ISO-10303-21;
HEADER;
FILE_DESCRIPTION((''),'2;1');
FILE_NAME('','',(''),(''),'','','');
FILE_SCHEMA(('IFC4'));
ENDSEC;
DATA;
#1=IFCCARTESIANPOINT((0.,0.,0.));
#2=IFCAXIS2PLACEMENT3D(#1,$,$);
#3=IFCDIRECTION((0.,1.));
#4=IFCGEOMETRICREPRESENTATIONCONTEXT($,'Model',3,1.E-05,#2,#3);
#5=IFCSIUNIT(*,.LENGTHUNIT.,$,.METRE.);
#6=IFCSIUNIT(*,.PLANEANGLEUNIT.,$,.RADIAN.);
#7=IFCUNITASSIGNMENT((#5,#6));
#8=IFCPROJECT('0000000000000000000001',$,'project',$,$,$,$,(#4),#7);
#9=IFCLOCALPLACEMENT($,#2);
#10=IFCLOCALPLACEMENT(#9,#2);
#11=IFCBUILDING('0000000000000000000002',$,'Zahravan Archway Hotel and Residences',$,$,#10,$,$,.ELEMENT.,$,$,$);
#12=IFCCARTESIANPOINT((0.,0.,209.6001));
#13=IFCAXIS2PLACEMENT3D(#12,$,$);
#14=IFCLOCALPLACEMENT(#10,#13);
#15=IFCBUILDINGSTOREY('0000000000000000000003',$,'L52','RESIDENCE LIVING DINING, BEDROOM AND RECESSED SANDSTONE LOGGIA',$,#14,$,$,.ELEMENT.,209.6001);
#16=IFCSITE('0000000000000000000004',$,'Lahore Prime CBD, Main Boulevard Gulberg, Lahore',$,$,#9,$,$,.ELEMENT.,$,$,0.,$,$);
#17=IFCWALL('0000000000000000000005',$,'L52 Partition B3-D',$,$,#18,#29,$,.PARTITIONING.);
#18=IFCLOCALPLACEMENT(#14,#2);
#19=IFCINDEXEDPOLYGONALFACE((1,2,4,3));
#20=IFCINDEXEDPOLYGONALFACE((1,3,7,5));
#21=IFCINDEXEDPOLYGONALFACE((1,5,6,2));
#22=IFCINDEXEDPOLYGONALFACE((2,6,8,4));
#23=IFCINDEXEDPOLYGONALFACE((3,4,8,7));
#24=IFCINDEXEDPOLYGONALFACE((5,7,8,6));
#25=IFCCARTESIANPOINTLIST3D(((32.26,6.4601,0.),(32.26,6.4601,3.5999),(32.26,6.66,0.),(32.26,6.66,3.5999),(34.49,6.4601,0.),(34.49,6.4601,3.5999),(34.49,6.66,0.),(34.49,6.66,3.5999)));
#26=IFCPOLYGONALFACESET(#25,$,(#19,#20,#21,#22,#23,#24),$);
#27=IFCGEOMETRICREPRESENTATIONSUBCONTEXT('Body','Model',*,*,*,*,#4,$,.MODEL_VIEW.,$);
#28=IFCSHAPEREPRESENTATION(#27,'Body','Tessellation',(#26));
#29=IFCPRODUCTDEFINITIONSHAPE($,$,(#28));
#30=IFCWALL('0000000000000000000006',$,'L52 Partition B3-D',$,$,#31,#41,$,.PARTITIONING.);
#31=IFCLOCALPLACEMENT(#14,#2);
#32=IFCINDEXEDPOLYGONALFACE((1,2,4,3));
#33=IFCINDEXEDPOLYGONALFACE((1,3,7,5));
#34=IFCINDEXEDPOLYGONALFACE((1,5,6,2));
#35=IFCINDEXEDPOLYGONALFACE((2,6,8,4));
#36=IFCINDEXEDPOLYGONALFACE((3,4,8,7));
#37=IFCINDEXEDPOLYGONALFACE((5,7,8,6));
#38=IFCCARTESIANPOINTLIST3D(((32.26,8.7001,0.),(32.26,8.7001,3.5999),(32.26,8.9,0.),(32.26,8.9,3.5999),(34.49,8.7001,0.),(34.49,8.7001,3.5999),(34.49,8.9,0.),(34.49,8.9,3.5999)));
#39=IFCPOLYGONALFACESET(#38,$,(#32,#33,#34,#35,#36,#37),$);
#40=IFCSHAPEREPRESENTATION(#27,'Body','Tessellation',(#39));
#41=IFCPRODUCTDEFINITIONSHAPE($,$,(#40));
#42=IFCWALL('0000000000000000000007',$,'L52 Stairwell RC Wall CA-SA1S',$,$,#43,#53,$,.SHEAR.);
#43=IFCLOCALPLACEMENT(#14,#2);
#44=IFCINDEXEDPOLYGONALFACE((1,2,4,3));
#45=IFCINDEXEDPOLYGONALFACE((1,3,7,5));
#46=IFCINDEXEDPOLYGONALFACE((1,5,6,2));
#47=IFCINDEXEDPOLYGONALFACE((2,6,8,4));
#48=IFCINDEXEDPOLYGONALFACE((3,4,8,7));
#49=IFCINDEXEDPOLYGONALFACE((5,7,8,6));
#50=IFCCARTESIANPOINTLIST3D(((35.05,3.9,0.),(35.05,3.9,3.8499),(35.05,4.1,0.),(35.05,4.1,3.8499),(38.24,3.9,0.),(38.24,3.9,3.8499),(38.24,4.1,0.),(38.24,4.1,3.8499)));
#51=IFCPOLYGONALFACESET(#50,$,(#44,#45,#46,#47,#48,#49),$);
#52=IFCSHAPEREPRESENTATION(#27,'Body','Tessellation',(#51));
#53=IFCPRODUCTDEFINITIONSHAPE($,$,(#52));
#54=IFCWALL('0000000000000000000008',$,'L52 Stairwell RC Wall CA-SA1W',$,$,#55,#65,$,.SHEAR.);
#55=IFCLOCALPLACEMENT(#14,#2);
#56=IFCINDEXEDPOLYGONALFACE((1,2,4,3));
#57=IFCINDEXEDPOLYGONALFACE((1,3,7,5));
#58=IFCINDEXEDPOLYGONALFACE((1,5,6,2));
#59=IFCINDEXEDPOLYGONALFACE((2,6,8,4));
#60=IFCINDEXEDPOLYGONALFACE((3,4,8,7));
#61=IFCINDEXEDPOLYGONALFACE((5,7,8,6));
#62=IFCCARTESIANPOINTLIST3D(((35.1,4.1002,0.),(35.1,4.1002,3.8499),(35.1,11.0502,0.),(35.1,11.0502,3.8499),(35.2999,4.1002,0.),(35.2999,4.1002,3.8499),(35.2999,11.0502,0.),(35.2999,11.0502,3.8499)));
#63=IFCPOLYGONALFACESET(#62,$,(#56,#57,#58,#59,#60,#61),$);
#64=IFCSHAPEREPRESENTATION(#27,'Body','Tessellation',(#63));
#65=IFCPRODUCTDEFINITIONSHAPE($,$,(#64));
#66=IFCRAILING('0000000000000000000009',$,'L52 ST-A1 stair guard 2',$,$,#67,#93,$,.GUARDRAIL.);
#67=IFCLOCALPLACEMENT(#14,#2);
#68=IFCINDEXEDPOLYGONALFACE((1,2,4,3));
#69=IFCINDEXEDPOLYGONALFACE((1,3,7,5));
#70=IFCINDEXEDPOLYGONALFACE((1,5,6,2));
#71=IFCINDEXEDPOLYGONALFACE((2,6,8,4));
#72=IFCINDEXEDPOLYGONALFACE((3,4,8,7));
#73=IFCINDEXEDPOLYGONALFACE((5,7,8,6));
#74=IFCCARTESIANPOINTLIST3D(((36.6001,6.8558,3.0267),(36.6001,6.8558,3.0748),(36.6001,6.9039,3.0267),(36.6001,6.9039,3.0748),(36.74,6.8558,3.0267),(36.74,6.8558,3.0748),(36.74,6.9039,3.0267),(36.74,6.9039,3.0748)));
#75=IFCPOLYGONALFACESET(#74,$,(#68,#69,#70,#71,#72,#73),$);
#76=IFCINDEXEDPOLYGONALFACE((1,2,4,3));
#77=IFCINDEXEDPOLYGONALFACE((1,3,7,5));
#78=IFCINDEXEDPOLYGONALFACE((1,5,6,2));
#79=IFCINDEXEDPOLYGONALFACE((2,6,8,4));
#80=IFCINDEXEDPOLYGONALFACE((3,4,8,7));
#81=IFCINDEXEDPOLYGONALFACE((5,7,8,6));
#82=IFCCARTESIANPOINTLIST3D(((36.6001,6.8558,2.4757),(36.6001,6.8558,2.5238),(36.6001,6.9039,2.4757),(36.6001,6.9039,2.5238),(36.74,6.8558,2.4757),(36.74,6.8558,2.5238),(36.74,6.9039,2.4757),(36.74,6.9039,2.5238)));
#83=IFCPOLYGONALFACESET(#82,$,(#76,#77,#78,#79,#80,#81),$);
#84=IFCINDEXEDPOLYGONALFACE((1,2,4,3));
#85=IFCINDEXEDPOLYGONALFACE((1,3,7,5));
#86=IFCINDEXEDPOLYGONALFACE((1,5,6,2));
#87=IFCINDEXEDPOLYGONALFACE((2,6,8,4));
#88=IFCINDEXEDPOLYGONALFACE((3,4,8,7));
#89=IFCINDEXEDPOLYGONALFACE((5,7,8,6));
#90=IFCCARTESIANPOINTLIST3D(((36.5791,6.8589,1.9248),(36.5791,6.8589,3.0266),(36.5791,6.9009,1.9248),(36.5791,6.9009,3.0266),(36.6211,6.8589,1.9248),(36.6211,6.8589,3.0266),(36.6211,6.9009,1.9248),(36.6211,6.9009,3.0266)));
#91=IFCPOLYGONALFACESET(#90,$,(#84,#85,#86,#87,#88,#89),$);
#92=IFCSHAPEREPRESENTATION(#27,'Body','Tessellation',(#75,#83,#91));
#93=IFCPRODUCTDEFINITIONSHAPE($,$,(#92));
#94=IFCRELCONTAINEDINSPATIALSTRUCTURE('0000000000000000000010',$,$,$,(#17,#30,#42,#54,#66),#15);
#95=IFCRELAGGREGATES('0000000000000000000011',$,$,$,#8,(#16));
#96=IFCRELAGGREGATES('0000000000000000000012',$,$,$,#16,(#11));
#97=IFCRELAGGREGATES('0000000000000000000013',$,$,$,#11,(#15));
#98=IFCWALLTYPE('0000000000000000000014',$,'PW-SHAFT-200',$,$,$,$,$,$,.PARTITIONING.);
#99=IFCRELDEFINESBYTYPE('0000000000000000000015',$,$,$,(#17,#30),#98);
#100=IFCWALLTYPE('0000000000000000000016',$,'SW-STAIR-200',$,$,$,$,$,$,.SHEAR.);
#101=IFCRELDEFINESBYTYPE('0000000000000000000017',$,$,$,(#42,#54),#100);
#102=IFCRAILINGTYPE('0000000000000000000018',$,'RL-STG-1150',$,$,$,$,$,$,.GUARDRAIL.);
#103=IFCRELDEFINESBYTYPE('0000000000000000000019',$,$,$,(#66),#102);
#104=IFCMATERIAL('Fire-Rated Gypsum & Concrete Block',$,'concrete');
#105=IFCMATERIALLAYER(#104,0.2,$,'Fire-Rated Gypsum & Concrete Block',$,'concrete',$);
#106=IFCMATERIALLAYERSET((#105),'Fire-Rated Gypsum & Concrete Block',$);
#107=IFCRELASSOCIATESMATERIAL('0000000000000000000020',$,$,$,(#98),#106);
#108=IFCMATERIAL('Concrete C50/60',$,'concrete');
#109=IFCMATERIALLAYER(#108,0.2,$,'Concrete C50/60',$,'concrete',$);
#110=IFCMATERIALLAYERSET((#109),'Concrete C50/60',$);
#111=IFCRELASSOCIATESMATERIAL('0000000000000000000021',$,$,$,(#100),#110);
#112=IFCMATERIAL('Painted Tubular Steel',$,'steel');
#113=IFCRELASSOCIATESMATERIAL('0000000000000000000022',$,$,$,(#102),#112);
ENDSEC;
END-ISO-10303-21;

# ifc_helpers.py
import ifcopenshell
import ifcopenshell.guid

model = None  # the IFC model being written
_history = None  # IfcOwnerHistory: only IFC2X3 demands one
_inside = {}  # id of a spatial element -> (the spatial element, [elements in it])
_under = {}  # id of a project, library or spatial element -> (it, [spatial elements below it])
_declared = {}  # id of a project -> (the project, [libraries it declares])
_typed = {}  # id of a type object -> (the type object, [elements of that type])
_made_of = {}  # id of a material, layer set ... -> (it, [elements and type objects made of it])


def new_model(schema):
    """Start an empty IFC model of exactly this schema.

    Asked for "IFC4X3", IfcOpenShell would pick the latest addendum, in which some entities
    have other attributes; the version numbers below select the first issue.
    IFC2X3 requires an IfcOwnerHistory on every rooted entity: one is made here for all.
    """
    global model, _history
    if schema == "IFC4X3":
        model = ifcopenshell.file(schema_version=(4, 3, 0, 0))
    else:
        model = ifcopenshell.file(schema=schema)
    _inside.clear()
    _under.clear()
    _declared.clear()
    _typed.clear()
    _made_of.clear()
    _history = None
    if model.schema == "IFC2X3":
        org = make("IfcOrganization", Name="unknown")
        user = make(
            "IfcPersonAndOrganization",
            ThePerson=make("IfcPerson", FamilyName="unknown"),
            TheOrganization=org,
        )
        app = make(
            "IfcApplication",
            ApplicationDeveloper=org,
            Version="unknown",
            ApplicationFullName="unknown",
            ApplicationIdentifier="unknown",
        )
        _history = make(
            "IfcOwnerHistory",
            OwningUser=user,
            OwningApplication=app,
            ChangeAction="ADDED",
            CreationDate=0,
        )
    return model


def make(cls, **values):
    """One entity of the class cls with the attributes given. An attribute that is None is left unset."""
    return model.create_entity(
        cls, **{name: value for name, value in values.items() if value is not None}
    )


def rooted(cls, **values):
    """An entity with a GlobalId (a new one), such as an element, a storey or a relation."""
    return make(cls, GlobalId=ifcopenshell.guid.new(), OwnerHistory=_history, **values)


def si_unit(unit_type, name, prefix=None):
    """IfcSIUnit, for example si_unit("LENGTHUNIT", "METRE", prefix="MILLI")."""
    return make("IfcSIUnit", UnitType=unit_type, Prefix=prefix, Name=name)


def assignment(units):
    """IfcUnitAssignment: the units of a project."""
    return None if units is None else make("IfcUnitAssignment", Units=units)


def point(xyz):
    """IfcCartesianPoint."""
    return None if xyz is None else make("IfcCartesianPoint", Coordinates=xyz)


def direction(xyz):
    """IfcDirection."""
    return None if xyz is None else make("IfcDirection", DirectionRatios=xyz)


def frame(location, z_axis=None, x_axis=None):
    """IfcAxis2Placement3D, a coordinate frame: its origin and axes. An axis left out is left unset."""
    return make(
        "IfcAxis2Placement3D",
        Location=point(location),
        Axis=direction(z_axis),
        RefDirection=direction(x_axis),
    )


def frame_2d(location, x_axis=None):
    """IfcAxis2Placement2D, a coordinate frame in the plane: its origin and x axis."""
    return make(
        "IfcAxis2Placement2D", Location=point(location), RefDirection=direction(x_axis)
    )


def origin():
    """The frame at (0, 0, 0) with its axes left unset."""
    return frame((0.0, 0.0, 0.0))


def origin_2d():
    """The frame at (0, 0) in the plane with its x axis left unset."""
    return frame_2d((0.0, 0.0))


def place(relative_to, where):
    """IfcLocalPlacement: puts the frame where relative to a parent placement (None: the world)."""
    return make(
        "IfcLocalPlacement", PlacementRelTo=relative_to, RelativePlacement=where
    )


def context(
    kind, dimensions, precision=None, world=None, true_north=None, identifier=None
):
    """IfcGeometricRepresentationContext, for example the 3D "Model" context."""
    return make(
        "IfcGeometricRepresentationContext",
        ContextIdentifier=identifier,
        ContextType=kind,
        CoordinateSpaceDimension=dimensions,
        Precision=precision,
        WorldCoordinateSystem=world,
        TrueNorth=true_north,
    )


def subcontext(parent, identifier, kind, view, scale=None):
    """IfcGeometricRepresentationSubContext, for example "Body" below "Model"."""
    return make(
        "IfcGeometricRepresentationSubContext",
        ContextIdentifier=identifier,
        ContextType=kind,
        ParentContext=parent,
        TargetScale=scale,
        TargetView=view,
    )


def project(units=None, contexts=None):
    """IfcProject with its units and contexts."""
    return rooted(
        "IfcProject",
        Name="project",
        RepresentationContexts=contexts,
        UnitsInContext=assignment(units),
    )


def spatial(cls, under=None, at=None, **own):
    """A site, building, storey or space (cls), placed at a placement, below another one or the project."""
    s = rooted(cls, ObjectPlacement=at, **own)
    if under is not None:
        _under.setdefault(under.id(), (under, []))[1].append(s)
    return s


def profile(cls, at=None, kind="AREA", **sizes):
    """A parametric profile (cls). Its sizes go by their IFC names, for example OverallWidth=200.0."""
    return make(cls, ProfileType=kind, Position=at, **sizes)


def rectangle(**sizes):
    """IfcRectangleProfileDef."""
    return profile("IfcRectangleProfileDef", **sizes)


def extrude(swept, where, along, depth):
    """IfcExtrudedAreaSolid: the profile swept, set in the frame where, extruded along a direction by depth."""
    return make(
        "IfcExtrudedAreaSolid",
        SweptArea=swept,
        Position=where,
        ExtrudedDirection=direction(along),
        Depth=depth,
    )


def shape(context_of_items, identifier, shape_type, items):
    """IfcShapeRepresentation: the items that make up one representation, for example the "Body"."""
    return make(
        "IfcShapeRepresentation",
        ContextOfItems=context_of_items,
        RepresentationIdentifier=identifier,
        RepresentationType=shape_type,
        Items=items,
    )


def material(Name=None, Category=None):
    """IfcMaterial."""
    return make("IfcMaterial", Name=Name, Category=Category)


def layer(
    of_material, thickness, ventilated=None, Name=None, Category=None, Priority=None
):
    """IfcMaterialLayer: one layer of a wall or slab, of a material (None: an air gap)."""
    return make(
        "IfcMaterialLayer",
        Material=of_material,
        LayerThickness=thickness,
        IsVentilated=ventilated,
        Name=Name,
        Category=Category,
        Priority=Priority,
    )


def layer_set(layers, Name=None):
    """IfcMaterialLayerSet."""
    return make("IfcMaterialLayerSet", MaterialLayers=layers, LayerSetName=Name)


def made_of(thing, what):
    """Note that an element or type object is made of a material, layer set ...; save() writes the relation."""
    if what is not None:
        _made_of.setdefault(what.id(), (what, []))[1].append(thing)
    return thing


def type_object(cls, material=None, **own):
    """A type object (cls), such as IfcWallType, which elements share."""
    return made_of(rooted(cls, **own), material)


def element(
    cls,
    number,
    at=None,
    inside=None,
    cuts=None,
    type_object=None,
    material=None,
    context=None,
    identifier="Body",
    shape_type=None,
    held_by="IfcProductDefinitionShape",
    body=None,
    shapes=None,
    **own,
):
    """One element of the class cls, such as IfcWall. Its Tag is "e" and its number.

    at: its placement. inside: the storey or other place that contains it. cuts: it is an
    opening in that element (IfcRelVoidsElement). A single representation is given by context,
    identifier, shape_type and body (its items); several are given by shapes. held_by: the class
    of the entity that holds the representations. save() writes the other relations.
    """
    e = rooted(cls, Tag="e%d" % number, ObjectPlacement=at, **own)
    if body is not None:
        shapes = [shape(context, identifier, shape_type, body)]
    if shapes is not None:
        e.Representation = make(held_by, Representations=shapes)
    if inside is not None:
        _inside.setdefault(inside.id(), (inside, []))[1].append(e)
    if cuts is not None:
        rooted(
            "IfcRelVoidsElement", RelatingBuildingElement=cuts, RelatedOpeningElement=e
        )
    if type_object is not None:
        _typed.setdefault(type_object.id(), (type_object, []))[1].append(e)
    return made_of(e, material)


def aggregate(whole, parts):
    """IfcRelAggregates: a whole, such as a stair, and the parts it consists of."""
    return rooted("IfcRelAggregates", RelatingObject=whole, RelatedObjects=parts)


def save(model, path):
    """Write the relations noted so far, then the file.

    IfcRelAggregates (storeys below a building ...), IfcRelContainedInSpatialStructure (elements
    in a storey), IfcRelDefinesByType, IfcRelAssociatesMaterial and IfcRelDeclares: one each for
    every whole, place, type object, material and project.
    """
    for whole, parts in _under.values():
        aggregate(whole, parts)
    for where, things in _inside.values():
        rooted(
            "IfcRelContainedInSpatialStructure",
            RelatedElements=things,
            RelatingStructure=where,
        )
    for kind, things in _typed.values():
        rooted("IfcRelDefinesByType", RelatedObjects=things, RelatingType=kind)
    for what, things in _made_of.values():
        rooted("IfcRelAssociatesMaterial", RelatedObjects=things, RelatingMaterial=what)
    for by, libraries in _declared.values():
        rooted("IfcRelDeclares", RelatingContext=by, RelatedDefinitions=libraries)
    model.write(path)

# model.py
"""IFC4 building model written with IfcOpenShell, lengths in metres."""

from ifc_helpers import new_model, si_unit, direction, frame, frame_2d, origin, origin_2d, place, context, subcontext, project, spatial, rectangle, extrude, material, layer, layer_set, type_object, element, save


model = new_model("IFC4")

# Units and contexts
model_context = context("Model", 3, precision=1e-05, world=origin(), true_north=direction((0.0, 1.0)))
body_context = subcontext(model_context, "Body", "Model", "MODEL_VIEW")
ifc_project = project(units=[si_unit("LENGTHUNIT", "METRE"), si_unit("PLANEANGLEUNIT", "RADIAN")], contexts=[model_context])

# Site, building, storey
site_placement = place(None, origin())
site = spatial("IfcSite", under=ifc_project, at=site_placement, Name="Lahore Prime CBD, Main Boulevard Gulberg, Lahore", CompositionType="ELEMENT", RefElevation=0.0)
building_placement = place(site_placement, origin())
building = spatial("IfcBuilding", under=site, at=building_placement, Name="Zahravan Archway Hotel and Residences", CompositionType="ELEMENT")
storey_placement = place(building_placement, frame((0.0, 0.0, 209.6001)))
storey = spatial("IfcBuildingStorey", under=building, at=storey_placement, Name="L52", Description="RESIDENCE LIVING DINING, BEDROOM AND RECESSED SANDSTONE LOGGIA", CompositionType="ELEMENT", Elevation=209.6001)

# Shared definitions
ifc_material_1 = material(Name="Fire-Rated Gypsum & Concrete Block", Category="concrete")
ifc_layer_1 = layer(ifc_material_1, 0.2, Name="Fire-Rated Gypsum & Concrete Block", Category="concrete")
ifc_layer_set_1 = layer_set([ifc_layer_1], Name="Fire-Rated Gypsum & Concrete Block")
wall_type_1 = type_object("IfcWallType", Name="PW-SHAFT-200", PredefinedType="PARTITIONING", material=ifc_layer_set_1)

# Walls
for number, where, z_axis, x_axis, name in (
    (1, (32.26, 6.5601, 0.0), (0.0, 0.0, 1.0), (1.0, 0.0, 0.0), "L52 Partition B3-D"),
    (2, (32.26, 8.8, 0.0), (0.0, 0.0, 1.0), (1.0, 0.0, 0.0), "L52 Partition B3-D"),
):
    element("IfcWall", number, at=place(storey_placement, frame(where, z_axis=z_axis, x_axis=x_axis)), inside=storey, type_object=wall_type_1, Name=name, PredefinedType="PARTITIONING", context=body_context, shape_type="SweptSolid", body=[
        extrude(rectangle(XDim=2.23, YDim=0.2, at=frame_2d((1.115, 0.0))), origin(), (0.0, 0.0, 1.0), 3.5999),
    ])
ifc_material_2 = material(Name="Concrete C50/60", Category="concrete")
ifc_layer_2 = layer(ifc_material_2, 0.2, Name="Concrete C50/60", Category="concrete")
ifc_layer_set_2 = layer_set([ifc_layer_2], Name="Concrete C50/60")
wall_type_2 = type_object("IfcWallType", Name="SW-STAIR-200", PredefinedType="SHEAR", material=ifc_layer_set_2)
wall_1_placement = place(storey_placement, frame((35.05, 4.0, 0.0), z_axis=(0.0, 0.0, 1.0), x_axis=(1.0, 0.0, 0.0)))
element("IfcWall", 3, at=wall_1_placement, inside=storey, type_object=wall_type_2, Name="L52 Stairwell RC Wall CA-SA1S", PredefinedType="SHEAR", context=body_context, shape_type="SweptSolid", body=[
    extrude(rectangle(XDim=3.1899, YDim=0.2, at=frame_2d((1.595, 0.0))), origin(), (0.0, 0.0, 1.0), 3.8499),
])
wall_2_placement = place(storey_placement, frame((35.2, 4.1001, 0.0), z_axis=(0.0, 0.0, 1.0), x_axis=(0.0, 1.0, 0.0)))
element("IfcWall", 4, at=wall_2_placement, inside=storey, type_object=wall_type_2, Name="L52 Stairwell RC Wall CA-SA1W", PredefinedType="SHEAR", context=body_context, shape_type="SweptSolid", body=[
    extrude(rectangle(XDim=6.95, YDim=0.2, at=frame_2d((3.4751, 0.0))), origin(), (0.0, 0.0, 1.0), 3.8499),
])

# Railing
ifc_material_3 = material(Name="Painted Tubular Steel", Category="steel")
railing_type = type_object("IfcRailingType", Name="RL-STG-1150", PredefinedType="GUARDRAIL", material=ifc_material_3)
railing_placement = place(storey_placement, frame((36.6001, 6.8799, 1.9248)))
element("IfcRailing", 5, at=railing_placement, inside=storey, type_object=railing_type, Name="L52 ST-A1 stair guard 2", PredefinedType="GUARDRAIL", context=body_context, shape_type="SweptSolid", body=[
    extrude(rectangle(XDim=0.0481, YDim=0.0481, at=origin_2d()), frame((0.0, 0.0, 1.126), z_axis=(1.0, 0.0, 0.0), x_axis=(0.0, 1.0, 0.0)), (0.0, 0.0, 1.0), 0.1399),
    extrude(rectangle(XDim=0.0481, YDim=0.0481, at=origin_2d()), frame((0.0, 0.0, 0.575), z_axis=(1.0, 0.0, 0.0), x_axis=(0.0, 1.0, 0.0)), (0.0, 0.0, 1.0), 0.1399),
    extrude(rectangle(XDim=0.042, YDim=0.042, at=origin_2d()), origin(), (0.0, 0.0, 1.0), 1.1018),
])

save(model, "model.ifc")
